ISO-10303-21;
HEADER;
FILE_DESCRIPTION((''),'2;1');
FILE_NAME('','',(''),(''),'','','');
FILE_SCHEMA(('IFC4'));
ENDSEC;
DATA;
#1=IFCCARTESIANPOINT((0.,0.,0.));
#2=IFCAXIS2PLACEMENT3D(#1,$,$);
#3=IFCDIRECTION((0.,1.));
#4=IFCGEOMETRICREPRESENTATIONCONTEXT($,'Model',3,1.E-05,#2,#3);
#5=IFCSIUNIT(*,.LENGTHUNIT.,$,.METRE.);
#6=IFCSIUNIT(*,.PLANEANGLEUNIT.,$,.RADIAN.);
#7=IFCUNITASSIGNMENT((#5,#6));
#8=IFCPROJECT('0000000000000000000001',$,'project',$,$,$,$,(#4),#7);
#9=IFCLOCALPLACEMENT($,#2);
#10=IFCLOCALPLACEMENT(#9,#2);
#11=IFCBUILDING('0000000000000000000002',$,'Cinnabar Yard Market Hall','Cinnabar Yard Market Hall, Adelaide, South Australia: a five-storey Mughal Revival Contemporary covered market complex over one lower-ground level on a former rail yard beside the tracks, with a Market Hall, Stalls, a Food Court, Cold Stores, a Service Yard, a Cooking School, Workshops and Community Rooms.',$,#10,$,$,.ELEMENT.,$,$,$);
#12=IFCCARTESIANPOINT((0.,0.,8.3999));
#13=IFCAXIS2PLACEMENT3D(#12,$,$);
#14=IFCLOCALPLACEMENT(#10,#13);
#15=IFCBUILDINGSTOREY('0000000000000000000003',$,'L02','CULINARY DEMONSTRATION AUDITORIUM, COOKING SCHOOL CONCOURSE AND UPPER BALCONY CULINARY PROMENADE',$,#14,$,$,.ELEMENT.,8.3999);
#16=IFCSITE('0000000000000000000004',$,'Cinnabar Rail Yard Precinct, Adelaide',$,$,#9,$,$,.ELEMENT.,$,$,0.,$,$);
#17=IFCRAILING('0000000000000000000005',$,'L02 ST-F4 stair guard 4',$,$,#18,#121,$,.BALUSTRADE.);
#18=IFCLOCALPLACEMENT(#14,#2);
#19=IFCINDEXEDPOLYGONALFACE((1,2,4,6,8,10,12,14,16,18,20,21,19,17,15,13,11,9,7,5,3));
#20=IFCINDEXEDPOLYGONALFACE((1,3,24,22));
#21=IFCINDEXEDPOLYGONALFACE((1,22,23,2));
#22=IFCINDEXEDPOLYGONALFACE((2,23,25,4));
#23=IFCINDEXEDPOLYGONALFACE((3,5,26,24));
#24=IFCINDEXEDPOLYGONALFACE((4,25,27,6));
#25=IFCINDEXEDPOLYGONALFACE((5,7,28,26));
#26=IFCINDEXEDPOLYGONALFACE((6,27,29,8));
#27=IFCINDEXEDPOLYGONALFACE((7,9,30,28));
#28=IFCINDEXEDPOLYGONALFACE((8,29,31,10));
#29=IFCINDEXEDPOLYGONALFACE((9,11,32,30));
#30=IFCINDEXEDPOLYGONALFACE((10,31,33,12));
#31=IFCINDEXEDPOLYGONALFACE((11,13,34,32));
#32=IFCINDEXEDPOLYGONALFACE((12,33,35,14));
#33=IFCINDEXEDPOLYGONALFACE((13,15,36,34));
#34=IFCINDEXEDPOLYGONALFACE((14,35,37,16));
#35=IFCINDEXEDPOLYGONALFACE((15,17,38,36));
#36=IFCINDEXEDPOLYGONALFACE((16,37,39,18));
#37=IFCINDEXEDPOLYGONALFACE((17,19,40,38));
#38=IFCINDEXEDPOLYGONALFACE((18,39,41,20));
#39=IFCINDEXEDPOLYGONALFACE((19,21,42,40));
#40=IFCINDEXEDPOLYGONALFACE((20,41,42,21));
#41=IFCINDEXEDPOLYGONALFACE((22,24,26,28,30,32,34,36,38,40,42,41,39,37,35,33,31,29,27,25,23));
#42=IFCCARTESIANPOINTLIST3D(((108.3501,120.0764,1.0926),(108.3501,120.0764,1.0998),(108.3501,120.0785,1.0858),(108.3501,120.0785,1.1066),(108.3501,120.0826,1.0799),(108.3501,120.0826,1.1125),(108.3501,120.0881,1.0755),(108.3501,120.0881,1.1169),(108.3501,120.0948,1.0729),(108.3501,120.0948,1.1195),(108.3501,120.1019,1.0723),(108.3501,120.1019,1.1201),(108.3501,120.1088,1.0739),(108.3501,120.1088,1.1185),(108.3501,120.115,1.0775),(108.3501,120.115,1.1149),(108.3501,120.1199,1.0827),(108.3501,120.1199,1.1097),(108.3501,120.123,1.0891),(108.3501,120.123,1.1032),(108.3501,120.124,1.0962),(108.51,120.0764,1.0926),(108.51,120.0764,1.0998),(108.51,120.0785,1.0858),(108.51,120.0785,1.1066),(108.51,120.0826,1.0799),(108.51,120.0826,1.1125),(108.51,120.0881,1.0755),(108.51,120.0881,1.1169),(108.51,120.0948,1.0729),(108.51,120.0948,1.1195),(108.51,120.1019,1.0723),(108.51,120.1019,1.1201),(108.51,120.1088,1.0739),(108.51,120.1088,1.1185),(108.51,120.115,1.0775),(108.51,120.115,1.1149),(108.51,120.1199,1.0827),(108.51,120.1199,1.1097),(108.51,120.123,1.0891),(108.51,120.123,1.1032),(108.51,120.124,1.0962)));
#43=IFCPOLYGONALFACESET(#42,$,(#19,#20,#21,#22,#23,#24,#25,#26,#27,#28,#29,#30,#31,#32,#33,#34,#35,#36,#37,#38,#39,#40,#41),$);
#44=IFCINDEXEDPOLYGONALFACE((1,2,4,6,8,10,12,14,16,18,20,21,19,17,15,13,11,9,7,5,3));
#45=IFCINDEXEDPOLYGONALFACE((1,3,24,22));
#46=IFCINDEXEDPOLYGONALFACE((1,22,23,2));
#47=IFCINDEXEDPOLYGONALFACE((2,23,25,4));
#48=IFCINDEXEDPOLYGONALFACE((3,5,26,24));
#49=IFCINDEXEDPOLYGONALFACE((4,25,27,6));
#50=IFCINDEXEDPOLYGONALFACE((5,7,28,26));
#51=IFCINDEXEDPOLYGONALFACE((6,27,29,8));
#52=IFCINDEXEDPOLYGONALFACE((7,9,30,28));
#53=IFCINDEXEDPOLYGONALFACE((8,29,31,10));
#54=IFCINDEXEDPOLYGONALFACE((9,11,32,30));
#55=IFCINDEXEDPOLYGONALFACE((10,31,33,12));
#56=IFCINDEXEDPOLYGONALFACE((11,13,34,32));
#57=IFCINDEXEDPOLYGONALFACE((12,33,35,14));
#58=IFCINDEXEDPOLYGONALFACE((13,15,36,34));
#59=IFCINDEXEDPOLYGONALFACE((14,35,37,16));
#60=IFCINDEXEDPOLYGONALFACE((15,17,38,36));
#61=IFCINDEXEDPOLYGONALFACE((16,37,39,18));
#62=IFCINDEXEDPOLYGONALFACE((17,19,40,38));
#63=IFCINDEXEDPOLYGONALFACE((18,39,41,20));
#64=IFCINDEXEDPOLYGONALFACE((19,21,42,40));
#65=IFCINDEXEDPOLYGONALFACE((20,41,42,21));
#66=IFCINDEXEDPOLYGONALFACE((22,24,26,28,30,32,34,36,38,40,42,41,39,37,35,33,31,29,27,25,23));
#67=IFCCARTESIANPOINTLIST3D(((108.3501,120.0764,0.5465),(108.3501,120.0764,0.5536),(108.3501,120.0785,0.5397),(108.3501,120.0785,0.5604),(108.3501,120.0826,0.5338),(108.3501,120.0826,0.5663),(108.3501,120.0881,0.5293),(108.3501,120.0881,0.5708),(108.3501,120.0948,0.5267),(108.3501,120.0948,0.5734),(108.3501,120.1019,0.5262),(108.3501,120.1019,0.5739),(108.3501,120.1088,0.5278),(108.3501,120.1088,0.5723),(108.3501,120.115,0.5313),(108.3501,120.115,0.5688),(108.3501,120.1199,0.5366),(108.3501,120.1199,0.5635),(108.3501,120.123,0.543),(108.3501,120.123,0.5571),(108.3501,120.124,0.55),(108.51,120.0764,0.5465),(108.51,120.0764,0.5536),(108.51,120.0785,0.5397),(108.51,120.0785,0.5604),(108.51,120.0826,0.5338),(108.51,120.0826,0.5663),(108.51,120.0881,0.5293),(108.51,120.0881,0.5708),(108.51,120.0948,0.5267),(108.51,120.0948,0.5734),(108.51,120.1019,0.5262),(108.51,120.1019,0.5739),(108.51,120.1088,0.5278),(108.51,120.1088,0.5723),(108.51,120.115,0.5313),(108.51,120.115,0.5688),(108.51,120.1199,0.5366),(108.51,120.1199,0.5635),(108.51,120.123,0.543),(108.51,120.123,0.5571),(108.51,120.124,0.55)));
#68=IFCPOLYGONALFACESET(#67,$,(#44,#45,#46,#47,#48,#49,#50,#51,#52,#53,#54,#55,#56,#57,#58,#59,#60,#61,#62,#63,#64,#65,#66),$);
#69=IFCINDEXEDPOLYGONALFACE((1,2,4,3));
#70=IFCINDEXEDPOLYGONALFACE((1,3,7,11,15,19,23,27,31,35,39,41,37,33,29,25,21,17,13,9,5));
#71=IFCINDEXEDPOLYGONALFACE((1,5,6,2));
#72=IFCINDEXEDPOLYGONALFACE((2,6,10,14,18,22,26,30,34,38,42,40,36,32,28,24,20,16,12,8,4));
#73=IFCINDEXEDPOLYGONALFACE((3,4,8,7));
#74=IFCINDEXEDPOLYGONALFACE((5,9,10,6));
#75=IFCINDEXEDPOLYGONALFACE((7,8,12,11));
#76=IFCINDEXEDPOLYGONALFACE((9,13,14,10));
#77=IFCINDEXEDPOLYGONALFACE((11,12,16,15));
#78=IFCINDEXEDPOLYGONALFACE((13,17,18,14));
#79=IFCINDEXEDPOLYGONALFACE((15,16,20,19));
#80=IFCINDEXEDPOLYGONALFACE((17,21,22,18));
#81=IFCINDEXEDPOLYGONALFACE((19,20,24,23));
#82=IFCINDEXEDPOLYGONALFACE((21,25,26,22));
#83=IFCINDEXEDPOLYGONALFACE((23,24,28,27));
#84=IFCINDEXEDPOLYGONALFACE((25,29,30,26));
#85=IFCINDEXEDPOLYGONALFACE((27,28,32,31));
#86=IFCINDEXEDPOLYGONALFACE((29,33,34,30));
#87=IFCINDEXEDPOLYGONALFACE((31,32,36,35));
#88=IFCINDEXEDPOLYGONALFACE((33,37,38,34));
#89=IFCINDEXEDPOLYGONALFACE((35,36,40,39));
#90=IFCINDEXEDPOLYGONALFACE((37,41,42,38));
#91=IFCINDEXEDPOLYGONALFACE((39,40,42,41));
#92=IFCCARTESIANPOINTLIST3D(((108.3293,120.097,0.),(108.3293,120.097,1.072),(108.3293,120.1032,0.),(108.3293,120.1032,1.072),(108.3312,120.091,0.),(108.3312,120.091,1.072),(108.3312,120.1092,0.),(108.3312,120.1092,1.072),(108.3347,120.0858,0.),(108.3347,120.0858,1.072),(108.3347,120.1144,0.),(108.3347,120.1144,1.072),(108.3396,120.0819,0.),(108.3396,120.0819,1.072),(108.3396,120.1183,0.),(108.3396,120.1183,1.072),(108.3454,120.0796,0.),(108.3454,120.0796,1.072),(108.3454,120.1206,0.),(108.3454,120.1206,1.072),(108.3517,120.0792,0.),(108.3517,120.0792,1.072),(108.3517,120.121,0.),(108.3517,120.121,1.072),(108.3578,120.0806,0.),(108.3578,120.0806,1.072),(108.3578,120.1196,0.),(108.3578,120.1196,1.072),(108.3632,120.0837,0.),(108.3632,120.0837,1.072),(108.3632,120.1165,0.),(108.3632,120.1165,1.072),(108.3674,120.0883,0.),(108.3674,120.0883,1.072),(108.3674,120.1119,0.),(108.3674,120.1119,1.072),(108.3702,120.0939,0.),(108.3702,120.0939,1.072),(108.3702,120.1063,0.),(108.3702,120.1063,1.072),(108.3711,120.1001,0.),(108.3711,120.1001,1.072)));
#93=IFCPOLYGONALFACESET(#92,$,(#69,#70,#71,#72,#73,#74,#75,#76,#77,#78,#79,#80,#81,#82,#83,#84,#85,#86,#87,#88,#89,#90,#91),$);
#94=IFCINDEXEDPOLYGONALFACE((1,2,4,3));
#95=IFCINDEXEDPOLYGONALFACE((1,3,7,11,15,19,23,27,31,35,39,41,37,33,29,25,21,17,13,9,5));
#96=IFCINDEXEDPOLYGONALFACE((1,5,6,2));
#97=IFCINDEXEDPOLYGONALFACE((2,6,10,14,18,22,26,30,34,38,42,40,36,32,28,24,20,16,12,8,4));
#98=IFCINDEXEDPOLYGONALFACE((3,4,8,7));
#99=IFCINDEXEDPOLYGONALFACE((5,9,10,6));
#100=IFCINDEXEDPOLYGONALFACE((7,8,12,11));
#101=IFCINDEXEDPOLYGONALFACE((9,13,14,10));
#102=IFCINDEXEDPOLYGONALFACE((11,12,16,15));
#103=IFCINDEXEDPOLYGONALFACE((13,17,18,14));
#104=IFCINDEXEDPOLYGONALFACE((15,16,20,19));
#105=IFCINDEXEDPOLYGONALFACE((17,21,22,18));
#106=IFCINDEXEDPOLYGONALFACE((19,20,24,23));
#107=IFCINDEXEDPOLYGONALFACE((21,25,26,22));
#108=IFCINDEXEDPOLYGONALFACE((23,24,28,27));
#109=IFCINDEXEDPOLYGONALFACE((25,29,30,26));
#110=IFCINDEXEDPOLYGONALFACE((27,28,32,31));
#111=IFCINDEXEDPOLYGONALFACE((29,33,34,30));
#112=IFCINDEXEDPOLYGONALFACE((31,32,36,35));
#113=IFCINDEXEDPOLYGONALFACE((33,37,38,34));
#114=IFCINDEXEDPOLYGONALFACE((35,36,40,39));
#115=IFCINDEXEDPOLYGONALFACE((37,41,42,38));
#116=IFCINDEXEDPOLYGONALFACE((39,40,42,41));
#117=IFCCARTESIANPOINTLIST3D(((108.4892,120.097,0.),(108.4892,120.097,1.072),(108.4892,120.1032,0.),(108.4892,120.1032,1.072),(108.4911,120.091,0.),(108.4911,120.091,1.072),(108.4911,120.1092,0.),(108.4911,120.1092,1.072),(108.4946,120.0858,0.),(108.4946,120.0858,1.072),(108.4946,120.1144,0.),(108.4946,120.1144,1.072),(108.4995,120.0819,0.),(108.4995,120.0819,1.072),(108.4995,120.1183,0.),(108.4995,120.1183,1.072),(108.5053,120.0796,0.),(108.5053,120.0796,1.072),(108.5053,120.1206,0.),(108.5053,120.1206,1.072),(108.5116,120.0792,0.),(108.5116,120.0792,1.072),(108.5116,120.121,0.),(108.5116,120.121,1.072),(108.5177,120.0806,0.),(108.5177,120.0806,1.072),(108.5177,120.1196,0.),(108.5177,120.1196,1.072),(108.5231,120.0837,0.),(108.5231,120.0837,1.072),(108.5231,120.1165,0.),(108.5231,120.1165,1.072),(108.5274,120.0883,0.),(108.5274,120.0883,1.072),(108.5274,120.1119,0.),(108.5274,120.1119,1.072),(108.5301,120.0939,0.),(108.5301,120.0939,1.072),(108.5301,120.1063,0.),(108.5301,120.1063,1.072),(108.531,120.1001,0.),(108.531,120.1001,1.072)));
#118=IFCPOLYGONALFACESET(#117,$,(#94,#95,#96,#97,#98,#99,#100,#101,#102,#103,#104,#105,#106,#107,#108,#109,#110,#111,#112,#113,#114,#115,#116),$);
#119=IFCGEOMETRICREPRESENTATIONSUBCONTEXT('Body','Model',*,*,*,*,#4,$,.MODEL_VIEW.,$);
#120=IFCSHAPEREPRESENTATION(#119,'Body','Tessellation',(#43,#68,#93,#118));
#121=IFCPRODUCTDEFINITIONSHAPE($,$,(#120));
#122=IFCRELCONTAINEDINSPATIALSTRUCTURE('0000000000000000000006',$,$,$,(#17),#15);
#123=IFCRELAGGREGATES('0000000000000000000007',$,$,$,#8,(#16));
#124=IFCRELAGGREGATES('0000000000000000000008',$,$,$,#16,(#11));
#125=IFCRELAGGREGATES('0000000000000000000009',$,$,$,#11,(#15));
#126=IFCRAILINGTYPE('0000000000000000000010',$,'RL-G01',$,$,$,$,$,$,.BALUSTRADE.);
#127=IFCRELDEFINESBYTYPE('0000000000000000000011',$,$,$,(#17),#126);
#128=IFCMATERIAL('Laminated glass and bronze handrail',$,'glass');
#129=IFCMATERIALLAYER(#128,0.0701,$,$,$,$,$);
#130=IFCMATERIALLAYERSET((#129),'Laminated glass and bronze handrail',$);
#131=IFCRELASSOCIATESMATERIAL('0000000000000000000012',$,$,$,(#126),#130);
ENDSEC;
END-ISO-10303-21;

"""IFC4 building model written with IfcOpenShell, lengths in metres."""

from ifc_helpers import new_model, si_unit, direction, frame, origin, origin_2d_with_axis, place, context, subcontext, project, spatial, circle, extrude, material, layer, layer_set, type_object, element, save


model = new_model("IFC4")

# Units and contexts
model_context = context("Model", 3, precision=1e-05, world=origin(), true_north=direction((0.0, 1.0)))
body_context = subcontext(model_context, "Body", "Model", "MODEL_VIEW")
ifc_project = project(units=[si_unit("LENGTHUNIT", "METRE"), si_unit("PLANEANGLEUNIT", "RADIAN")], contexts=[model_context])

# Site, building, storey
site_placement = place(None, origin())
site = spatial("IfcSite", under=ifc_project, at=site_placement, Name="Cinnabar Rail Yard Precinct, Adelaide", CompositionType="ELEMENT", RefElevation=0.0)
building_placement = place(site_placement, origin())
building = spatial("IfcBuilding", under=site, at=building_placement, Name="Cinnabar Yard Market Hall", Description="Cinnabar Yard Market Hall, Adelaide, South Australia: a five-storey Mughal Revival Contemporary covered market complex over one lower-ground level on a former rail yard beside the tracks, with a Market Hall, Stalls, a Food Court, Cold Stores, a Service Yard, a Cooking School, Workshops and Community Rooms.", CompositionType="ELEMENT")
storey_placement = place(building_placement, frame((0.0, 0.0, 8.3999)))
storey = spatial("IfcBuildingStorey", under=building, at=storey_placement, Name="L02", Description="CULINARY DEMONSTRATION AUDITORIUM, COOKING SCHOOL CONCOURSE AND UPPER BALCONY CULINARY PROMENADE", CompositionType="ELEMENT", Elevation=8.3999)

# Railing
ifc_material_1 = material(Name="Laminated glass and bronze handrail", Category="glass")
ifc_layer_1 = layer(ifc_material_1, 0.0701)
ifc_layer_set_1 = layer_set([ifc_layer_1], Name="Laminated glass and bronze handrail")
railing_type_1 = type_object("IfcRailingType", Name="RL-G01", PredefinedType="BALUSTRADE", material=ifc_layer_set_1)
railing_1_placement = place(storey_placement, frame((108.3501, 120.1001, 0.0)))
element("IfcRailing", 1, at=railing_1_placement, inside=storey, type_object=railing_type_1, Name="L02 ST-F4 stair guard 4", PredefinedType="BALUSTRADE", context=body_context, shape_type="SweptSolid", body=[
    extrude(circle(Radius=0.0239, at=origin_2d_with_axis()), frame((0.0, 0.0, 1.0962), z_axis=(1.0, 0.0, 0.0), x_axis=(0.0, 1.0, 0.0)), (0.0, 0.0, 1.0), 0.1599),
    extrude(circle(Radius=0.0239, at=origin_2d_with_axis()), frame((0.0, 0.0, 0.55), z_axis=(1.0, 0.0, 0.0), x_axis=(0.0, 1.0, 0.0)), (0.0, 0.0, 1.0), 0.1599),
    extrude(circle(Radius=0.021, at=origin_2d_with_axis()), origin(), (0.0, 0.0, 1.0), 1.072),
    extrude(circle(Radius=0.021, at=origin_2d_with_axis()), frame((0.1599, 0.0, 0.0)), (0.0, 0.0, 1.0), 1.072),
])

save(model, "model.ifc")
